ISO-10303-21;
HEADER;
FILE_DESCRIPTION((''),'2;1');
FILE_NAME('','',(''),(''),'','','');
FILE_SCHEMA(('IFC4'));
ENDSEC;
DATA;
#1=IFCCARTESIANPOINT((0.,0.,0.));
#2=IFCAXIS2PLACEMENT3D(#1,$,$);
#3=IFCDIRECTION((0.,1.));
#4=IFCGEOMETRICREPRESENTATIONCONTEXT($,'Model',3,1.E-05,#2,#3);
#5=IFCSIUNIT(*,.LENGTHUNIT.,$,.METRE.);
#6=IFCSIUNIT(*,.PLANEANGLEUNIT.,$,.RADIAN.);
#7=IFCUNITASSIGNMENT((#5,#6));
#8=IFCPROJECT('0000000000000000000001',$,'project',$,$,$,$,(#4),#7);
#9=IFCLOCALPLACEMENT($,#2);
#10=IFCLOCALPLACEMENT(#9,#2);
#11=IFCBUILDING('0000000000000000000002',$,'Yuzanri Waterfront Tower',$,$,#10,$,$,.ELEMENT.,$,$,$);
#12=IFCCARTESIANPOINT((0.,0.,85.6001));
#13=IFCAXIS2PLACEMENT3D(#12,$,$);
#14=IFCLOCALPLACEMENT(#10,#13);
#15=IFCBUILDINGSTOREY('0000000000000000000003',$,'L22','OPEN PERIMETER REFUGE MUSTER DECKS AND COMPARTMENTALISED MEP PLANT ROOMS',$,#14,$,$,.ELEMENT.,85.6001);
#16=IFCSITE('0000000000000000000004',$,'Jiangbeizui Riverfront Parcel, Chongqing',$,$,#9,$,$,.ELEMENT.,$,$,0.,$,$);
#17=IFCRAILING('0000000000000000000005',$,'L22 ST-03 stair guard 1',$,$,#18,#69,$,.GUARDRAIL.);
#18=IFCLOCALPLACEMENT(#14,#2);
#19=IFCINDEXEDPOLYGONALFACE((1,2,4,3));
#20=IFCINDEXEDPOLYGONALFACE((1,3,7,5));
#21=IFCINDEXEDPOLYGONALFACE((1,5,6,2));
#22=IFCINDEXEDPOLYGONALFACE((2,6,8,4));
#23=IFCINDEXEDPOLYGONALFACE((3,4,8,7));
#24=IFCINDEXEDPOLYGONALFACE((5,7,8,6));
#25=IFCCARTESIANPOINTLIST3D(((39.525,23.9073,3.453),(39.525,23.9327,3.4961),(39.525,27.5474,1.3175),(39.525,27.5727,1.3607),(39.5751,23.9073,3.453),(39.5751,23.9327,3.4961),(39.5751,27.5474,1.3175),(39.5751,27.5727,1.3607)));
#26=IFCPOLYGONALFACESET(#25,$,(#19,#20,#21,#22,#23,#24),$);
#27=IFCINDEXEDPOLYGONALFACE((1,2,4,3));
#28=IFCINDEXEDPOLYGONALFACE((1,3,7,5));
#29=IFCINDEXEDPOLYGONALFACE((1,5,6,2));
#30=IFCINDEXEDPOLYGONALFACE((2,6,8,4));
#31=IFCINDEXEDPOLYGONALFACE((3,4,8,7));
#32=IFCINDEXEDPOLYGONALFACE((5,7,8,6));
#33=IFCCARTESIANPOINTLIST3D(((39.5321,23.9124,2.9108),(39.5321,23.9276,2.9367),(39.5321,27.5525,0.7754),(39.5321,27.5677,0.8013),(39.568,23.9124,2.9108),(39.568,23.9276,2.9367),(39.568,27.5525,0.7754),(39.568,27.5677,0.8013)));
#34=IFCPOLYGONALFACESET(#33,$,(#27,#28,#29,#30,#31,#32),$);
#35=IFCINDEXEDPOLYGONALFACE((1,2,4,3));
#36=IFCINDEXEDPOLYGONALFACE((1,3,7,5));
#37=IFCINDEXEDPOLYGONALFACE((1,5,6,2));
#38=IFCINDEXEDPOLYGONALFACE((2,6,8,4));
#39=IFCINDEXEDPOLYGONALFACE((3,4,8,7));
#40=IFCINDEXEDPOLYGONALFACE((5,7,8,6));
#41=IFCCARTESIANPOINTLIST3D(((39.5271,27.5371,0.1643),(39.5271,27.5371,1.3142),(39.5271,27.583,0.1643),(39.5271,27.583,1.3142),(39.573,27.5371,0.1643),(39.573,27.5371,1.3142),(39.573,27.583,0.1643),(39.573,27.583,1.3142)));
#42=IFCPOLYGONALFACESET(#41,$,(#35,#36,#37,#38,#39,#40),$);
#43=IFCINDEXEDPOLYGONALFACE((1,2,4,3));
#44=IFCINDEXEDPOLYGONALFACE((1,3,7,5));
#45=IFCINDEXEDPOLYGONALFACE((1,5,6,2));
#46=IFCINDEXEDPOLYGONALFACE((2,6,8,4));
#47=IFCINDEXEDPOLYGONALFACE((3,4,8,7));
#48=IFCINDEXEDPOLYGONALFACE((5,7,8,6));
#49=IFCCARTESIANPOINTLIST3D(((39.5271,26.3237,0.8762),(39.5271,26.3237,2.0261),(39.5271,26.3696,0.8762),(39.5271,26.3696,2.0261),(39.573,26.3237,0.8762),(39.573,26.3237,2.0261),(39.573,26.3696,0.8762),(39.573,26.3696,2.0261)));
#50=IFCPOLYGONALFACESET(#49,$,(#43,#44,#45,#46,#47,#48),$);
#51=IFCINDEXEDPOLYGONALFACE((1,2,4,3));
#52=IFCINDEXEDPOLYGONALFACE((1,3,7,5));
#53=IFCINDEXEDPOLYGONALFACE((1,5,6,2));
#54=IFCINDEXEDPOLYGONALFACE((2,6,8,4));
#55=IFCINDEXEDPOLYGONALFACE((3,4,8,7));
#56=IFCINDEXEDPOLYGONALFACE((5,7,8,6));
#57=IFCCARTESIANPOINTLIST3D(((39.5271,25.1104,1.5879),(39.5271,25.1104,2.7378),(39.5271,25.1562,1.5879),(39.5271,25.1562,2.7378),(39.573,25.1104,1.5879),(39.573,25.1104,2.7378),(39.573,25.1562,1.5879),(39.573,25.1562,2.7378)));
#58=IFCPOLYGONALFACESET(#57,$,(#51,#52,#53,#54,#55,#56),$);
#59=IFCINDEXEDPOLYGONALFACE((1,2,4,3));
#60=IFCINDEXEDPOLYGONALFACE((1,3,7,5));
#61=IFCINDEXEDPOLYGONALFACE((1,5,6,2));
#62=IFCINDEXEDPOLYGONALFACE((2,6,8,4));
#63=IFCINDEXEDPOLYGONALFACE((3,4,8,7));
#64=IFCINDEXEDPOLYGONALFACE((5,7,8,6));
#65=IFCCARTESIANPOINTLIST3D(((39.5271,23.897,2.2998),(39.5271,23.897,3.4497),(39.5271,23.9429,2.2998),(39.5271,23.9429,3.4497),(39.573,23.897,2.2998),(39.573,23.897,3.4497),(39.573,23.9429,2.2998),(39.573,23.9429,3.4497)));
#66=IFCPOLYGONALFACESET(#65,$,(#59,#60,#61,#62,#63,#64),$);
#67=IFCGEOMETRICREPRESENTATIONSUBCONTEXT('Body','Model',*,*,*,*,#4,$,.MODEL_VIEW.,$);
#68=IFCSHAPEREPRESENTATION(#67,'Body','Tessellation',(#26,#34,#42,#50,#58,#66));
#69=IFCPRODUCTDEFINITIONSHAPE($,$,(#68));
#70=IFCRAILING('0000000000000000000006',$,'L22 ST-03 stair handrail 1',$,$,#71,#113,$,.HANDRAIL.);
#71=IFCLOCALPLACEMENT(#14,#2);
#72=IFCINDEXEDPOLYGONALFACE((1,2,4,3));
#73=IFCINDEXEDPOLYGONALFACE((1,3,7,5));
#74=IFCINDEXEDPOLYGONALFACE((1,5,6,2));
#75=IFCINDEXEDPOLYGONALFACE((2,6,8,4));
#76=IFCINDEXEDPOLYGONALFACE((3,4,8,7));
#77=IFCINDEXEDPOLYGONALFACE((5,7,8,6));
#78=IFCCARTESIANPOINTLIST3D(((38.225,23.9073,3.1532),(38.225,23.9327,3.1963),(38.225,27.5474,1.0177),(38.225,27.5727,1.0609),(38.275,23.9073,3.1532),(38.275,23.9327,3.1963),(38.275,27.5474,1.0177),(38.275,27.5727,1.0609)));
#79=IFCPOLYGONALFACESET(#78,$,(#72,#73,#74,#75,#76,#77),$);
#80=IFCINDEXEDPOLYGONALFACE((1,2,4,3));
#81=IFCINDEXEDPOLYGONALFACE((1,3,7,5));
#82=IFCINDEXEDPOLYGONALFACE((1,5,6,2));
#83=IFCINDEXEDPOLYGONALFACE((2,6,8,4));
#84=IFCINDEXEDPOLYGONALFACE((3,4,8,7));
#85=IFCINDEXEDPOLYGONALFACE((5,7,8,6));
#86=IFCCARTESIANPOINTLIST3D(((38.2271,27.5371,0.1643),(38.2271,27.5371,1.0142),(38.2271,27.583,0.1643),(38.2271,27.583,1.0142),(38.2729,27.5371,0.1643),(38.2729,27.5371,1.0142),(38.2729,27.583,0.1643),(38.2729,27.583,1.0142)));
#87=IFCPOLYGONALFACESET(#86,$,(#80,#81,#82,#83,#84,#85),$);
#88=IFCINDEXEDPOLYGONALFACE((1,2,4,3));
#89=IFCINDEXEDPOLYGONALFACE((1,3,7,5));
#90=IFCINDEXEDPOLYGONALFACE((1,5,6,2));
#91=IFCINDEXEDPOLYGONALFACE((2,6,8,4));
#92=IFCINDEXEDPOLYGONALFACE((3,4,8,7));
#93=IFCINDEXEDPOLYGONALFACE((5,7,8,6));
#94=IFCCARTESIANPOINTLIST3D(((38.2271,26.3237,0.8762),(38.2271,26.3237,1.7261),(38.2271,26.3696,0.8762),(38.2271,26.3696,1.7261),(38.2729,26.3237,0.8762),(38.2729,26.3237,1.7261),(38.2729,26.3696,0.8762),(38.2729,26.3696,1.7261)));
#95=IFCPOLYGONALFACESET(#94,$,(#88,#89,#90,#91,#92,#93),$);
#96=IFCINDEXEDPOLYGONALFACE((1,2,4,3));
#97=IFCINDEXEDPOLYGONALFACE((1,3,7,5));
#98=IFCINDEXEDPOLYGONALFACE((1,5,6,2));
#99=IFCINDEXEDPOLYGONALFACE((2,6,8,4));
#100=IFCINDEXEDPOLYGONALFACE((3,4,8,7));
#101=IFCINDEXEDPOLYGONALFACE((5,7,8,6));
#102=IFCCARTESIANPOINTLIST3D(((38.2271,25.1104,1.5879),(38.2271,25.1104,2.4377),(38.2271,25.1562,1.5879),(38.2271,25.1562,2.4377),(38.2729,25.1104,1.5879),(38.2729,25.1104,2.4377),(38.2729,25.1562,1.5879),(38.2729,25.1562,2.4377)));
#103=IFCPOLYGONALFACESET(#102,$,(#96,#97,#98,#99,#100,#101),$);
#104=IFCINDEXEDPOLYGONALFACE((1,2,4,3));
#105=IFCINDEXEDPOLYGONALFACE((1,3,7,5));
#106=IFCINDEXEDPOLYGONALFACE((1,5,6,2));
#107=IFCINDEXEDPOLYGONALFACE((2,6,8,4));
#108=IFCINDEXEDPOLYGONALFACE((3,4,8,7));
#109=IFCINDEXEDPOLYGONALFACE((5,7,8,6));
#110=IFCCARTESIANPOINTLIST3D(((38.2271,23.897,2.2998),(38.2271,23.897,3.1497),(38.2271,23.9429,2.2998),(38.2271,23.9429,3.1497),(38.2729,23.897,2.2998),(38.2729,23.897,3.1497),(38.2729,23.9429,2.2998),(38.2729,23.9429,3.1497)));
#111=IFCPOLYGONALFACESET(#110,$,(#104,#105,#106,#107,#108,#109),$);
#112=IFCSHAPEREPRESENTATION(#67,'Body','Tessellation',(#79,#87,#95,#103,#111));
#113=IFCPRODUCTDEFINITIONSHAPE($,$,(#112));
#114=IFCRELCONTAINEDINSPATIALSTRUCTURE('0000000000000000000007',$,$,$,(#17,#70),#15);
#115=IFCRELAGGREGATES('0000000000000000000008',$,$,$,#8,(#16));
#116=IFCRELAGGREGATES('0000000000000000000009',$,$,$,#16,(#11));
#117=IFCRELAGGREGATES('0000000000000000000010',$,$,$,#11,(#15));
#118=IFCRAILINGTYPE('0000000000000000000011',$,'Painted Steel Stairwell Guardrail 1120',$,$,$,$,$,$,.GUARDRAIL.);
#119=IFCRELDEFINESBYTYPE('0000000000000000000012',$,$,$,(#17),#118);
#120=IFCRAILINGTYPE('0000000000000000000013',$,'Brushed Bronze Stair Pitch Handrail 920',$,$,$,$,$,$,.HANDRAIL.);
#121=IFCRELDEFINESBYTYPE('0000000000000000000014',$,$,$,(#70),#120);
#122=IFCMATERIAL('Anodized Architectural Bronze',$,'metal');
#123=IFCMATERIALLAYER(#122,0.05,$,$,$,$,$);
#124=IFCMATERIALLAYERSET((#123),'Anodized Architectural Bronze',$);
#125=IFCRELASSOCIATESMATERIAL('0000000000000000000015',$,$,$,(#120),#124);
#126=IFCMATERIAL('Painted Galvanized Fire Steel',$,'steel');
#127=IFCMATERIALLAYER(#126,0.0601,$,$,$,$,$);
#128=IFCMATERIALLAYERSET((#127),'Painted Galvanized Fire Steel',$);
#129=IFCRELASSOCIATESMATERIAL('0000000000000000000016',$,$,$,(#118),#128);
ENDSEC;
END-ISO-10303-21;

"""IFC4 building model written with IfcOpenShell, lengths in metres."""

from ifc_helpers import new_model, si_unit, direction, frame, origin, origin_2d, place, context, subcontext, project, spatial, rectangle, extrude, source, transform, mapped, material, layer, layer_set, type_object, element, save


model = new_model("IFC4")

# Units and contexts
model_context = context("Model", 3, precision=1e-05, world=origin(), true_north=direction((0.0, 1.0)))
body_context = subcontext(model_context, "Body", "Model", "MODEL_VIEW")
ifc_project = project(units=[si_unit("LENGTHUNIT", "METRE"), si_unit("PLANEANGLEUNIT", "RADIAN")], contexts=[model_context])

# Site, building, storey
site_placement = place(None, origin())
site = spatial("IfcSite", under=ifc_project, at=site_placement, Name="Jiangbeizui Riverfront Parcel, Chongqing", CompositionType="ELEMENT", RefElevation=0.0)
building_placement = place(site_placement, origin())
building = spatial("IfcBuilding", under=site, at=building_placement, Name="Yuzanri Waterfront Tower", CompositionType="ELEMENT")
storey_placement = place(building_placement, frame((0.0, 0.0, 85.6001)))
storey = spatial("IfcBuildingStorey", under=building, at=storey_placement, Name="L22", Description="OPEN PERIMETER REFUGE MUSTER DECKS AND COMPARTMENTALISED MEP PLANT ROOMS", CompositionType="ELEMENT", Elevation=85.6001)

# Railings
ifc_material_1 = material(Name="Anodized Architectural Bronze", Category="metal")
ifc_layer_1 = layer(ifc_material_1, 0.05)
ifc_layer_set_1 = layer_set([ifc_layer_1], Name="Anodized Architectural Bronze")
railing_type_1 = type_object("IfcRailingType", Name="Brushed Bronze Stair Pitch Handrail 920", PredefinedType="HANDRAIL", material=ifc_layer_set_1)
ifc_material_2 = material(Name="Painted Galvanized Fire Steel", Category="steel")
ifc_layer_2 = layer(ifc_material_2, 0.0601)
ifc_layer_set_2 = layer_set([ifc_layer_2], Name="Painted Galvanized Fire Steel")
railing_type_2 = type_object("IfcRailingType", Name="Painted Steel Stairwell Guardrail 1120", PredefinedType="GUARDRAIL", material=ifc_layer_set_2)
shared_shape_1 = source(origin(), body_context, "Body", "SweptSolid", [
    extrude(rectangle(XDim=0.05, YDim=0.05, at=origin_2d()), frame((0.0, 0.0, 1.1748), z_axis=(0.0, -0.86253, 0.506006), x_axis=(1.0, 0.0, 0.0)), (0.0, 0.0, 1.0), 4.2202),
    extrude(rectangle(XDim=0.0359, YDim=0.03, at=origin_2d()), frame((0.0, 0.0, 0.624), z_axis=(0.0, -0.86253, 0.506006), x_axis=(1.0, 0.0, 0.0)), (0.0, 0.0, 1.0), 4.2202),
    extrude(rectangle(XDim=0.0459, YDim=0.0459, at=origin_2d()), origin(), (0.0, 0.0, 1.0), 1.1499),
    extrude(rectangle(XDim=0.0459, YDim=0.0459, at=origin_2d()), frame((0.0, -1.2134, 0.7119)), (0.0, 0.0, 1.0), 1.1499),
    extrude(rectangle(XDim=0.0459, YDim=0.0459, at=origin_2d()), frame((0.0, -2.4268, 1.4236)), (0.0, 0.0, 1.0), 1.1499),
    extrude(rectangle(XDim=0.0459, YDim=0.0459, at=origin_2d()), frame((0.0, -3.6401, 2.1355)), (0.0, 0.0, 1.0), 1.1499),
])
railing_1_placement = place(storey_placement, frame((39.55, 27.5601, 0.1643)))
element("IfcRailing", 1, at=railing_1_placement, inside=storey, type_object=railing_type_2, Name="L22 ST-03 stair guard 1", PredefinedType="GUARDRAIL", context=body_context, shape_type="MappedRepresentation", body=[
    mapped(shared_shape_1, transform((0.0, 0.0, 0.0), scale=1.0)),
])
shared_shape_2 = source(origin(), body_context, "Body", "SweptSolid", [
    extrude(rectangle(XDim=0.05, YDim=0.05, at=origin_2d()), frame((0.0, 0.0, 0.875), z_axis=(0.0, -0.86253, 0.506006), x_axis=(1.0, 0.0, 0.0)), (0.0, 0.0, 1.0), 4.2202),
    extrude(rectangle(XDim=0.0459, YDim=0.0459, at=origin_2d()), origin(), (0.0, 0.0, 1.0), 0.8499),
    extrude(rectangle(XDim=0.0459, YDim=0.0459, at=origin_2d()), frame((0.0, -1.2134, 0.7119)), (0.0, 0.0, 1.0), 0.8499),
    extrude(rectangle(XDim=0.0459, YDim=0.0459, at=origin_2d()), frame((0.0, -2.4268, 1.4236)), (0.0, 0.0, 1.0), 0.8499),
    extrude(rectangle(XDim=0.0459, YDim=0.0459, at=origin_2d()), frame((0.0, -3.6401, 2.1355)), (0.0, 0.0, 1.0), 0.8499),
])
railing_2_placement = place(storey_placement, frame((38.25, 27.5601, 0.1643)))
element("IfcRailing", 2, at=railing_2_placement, inside=storey, type_object=railing_type_1, Name="L22 ST-03 stair handrail 1", PredefinedType="HANDRAIL", context=body_context, shape_type="MappedRepresentation", body=[
    mapped(shared_shape_2, transform((0.0, 0.0, 0.0), scale=1.0)),
])

save(model, "model.ifc")
